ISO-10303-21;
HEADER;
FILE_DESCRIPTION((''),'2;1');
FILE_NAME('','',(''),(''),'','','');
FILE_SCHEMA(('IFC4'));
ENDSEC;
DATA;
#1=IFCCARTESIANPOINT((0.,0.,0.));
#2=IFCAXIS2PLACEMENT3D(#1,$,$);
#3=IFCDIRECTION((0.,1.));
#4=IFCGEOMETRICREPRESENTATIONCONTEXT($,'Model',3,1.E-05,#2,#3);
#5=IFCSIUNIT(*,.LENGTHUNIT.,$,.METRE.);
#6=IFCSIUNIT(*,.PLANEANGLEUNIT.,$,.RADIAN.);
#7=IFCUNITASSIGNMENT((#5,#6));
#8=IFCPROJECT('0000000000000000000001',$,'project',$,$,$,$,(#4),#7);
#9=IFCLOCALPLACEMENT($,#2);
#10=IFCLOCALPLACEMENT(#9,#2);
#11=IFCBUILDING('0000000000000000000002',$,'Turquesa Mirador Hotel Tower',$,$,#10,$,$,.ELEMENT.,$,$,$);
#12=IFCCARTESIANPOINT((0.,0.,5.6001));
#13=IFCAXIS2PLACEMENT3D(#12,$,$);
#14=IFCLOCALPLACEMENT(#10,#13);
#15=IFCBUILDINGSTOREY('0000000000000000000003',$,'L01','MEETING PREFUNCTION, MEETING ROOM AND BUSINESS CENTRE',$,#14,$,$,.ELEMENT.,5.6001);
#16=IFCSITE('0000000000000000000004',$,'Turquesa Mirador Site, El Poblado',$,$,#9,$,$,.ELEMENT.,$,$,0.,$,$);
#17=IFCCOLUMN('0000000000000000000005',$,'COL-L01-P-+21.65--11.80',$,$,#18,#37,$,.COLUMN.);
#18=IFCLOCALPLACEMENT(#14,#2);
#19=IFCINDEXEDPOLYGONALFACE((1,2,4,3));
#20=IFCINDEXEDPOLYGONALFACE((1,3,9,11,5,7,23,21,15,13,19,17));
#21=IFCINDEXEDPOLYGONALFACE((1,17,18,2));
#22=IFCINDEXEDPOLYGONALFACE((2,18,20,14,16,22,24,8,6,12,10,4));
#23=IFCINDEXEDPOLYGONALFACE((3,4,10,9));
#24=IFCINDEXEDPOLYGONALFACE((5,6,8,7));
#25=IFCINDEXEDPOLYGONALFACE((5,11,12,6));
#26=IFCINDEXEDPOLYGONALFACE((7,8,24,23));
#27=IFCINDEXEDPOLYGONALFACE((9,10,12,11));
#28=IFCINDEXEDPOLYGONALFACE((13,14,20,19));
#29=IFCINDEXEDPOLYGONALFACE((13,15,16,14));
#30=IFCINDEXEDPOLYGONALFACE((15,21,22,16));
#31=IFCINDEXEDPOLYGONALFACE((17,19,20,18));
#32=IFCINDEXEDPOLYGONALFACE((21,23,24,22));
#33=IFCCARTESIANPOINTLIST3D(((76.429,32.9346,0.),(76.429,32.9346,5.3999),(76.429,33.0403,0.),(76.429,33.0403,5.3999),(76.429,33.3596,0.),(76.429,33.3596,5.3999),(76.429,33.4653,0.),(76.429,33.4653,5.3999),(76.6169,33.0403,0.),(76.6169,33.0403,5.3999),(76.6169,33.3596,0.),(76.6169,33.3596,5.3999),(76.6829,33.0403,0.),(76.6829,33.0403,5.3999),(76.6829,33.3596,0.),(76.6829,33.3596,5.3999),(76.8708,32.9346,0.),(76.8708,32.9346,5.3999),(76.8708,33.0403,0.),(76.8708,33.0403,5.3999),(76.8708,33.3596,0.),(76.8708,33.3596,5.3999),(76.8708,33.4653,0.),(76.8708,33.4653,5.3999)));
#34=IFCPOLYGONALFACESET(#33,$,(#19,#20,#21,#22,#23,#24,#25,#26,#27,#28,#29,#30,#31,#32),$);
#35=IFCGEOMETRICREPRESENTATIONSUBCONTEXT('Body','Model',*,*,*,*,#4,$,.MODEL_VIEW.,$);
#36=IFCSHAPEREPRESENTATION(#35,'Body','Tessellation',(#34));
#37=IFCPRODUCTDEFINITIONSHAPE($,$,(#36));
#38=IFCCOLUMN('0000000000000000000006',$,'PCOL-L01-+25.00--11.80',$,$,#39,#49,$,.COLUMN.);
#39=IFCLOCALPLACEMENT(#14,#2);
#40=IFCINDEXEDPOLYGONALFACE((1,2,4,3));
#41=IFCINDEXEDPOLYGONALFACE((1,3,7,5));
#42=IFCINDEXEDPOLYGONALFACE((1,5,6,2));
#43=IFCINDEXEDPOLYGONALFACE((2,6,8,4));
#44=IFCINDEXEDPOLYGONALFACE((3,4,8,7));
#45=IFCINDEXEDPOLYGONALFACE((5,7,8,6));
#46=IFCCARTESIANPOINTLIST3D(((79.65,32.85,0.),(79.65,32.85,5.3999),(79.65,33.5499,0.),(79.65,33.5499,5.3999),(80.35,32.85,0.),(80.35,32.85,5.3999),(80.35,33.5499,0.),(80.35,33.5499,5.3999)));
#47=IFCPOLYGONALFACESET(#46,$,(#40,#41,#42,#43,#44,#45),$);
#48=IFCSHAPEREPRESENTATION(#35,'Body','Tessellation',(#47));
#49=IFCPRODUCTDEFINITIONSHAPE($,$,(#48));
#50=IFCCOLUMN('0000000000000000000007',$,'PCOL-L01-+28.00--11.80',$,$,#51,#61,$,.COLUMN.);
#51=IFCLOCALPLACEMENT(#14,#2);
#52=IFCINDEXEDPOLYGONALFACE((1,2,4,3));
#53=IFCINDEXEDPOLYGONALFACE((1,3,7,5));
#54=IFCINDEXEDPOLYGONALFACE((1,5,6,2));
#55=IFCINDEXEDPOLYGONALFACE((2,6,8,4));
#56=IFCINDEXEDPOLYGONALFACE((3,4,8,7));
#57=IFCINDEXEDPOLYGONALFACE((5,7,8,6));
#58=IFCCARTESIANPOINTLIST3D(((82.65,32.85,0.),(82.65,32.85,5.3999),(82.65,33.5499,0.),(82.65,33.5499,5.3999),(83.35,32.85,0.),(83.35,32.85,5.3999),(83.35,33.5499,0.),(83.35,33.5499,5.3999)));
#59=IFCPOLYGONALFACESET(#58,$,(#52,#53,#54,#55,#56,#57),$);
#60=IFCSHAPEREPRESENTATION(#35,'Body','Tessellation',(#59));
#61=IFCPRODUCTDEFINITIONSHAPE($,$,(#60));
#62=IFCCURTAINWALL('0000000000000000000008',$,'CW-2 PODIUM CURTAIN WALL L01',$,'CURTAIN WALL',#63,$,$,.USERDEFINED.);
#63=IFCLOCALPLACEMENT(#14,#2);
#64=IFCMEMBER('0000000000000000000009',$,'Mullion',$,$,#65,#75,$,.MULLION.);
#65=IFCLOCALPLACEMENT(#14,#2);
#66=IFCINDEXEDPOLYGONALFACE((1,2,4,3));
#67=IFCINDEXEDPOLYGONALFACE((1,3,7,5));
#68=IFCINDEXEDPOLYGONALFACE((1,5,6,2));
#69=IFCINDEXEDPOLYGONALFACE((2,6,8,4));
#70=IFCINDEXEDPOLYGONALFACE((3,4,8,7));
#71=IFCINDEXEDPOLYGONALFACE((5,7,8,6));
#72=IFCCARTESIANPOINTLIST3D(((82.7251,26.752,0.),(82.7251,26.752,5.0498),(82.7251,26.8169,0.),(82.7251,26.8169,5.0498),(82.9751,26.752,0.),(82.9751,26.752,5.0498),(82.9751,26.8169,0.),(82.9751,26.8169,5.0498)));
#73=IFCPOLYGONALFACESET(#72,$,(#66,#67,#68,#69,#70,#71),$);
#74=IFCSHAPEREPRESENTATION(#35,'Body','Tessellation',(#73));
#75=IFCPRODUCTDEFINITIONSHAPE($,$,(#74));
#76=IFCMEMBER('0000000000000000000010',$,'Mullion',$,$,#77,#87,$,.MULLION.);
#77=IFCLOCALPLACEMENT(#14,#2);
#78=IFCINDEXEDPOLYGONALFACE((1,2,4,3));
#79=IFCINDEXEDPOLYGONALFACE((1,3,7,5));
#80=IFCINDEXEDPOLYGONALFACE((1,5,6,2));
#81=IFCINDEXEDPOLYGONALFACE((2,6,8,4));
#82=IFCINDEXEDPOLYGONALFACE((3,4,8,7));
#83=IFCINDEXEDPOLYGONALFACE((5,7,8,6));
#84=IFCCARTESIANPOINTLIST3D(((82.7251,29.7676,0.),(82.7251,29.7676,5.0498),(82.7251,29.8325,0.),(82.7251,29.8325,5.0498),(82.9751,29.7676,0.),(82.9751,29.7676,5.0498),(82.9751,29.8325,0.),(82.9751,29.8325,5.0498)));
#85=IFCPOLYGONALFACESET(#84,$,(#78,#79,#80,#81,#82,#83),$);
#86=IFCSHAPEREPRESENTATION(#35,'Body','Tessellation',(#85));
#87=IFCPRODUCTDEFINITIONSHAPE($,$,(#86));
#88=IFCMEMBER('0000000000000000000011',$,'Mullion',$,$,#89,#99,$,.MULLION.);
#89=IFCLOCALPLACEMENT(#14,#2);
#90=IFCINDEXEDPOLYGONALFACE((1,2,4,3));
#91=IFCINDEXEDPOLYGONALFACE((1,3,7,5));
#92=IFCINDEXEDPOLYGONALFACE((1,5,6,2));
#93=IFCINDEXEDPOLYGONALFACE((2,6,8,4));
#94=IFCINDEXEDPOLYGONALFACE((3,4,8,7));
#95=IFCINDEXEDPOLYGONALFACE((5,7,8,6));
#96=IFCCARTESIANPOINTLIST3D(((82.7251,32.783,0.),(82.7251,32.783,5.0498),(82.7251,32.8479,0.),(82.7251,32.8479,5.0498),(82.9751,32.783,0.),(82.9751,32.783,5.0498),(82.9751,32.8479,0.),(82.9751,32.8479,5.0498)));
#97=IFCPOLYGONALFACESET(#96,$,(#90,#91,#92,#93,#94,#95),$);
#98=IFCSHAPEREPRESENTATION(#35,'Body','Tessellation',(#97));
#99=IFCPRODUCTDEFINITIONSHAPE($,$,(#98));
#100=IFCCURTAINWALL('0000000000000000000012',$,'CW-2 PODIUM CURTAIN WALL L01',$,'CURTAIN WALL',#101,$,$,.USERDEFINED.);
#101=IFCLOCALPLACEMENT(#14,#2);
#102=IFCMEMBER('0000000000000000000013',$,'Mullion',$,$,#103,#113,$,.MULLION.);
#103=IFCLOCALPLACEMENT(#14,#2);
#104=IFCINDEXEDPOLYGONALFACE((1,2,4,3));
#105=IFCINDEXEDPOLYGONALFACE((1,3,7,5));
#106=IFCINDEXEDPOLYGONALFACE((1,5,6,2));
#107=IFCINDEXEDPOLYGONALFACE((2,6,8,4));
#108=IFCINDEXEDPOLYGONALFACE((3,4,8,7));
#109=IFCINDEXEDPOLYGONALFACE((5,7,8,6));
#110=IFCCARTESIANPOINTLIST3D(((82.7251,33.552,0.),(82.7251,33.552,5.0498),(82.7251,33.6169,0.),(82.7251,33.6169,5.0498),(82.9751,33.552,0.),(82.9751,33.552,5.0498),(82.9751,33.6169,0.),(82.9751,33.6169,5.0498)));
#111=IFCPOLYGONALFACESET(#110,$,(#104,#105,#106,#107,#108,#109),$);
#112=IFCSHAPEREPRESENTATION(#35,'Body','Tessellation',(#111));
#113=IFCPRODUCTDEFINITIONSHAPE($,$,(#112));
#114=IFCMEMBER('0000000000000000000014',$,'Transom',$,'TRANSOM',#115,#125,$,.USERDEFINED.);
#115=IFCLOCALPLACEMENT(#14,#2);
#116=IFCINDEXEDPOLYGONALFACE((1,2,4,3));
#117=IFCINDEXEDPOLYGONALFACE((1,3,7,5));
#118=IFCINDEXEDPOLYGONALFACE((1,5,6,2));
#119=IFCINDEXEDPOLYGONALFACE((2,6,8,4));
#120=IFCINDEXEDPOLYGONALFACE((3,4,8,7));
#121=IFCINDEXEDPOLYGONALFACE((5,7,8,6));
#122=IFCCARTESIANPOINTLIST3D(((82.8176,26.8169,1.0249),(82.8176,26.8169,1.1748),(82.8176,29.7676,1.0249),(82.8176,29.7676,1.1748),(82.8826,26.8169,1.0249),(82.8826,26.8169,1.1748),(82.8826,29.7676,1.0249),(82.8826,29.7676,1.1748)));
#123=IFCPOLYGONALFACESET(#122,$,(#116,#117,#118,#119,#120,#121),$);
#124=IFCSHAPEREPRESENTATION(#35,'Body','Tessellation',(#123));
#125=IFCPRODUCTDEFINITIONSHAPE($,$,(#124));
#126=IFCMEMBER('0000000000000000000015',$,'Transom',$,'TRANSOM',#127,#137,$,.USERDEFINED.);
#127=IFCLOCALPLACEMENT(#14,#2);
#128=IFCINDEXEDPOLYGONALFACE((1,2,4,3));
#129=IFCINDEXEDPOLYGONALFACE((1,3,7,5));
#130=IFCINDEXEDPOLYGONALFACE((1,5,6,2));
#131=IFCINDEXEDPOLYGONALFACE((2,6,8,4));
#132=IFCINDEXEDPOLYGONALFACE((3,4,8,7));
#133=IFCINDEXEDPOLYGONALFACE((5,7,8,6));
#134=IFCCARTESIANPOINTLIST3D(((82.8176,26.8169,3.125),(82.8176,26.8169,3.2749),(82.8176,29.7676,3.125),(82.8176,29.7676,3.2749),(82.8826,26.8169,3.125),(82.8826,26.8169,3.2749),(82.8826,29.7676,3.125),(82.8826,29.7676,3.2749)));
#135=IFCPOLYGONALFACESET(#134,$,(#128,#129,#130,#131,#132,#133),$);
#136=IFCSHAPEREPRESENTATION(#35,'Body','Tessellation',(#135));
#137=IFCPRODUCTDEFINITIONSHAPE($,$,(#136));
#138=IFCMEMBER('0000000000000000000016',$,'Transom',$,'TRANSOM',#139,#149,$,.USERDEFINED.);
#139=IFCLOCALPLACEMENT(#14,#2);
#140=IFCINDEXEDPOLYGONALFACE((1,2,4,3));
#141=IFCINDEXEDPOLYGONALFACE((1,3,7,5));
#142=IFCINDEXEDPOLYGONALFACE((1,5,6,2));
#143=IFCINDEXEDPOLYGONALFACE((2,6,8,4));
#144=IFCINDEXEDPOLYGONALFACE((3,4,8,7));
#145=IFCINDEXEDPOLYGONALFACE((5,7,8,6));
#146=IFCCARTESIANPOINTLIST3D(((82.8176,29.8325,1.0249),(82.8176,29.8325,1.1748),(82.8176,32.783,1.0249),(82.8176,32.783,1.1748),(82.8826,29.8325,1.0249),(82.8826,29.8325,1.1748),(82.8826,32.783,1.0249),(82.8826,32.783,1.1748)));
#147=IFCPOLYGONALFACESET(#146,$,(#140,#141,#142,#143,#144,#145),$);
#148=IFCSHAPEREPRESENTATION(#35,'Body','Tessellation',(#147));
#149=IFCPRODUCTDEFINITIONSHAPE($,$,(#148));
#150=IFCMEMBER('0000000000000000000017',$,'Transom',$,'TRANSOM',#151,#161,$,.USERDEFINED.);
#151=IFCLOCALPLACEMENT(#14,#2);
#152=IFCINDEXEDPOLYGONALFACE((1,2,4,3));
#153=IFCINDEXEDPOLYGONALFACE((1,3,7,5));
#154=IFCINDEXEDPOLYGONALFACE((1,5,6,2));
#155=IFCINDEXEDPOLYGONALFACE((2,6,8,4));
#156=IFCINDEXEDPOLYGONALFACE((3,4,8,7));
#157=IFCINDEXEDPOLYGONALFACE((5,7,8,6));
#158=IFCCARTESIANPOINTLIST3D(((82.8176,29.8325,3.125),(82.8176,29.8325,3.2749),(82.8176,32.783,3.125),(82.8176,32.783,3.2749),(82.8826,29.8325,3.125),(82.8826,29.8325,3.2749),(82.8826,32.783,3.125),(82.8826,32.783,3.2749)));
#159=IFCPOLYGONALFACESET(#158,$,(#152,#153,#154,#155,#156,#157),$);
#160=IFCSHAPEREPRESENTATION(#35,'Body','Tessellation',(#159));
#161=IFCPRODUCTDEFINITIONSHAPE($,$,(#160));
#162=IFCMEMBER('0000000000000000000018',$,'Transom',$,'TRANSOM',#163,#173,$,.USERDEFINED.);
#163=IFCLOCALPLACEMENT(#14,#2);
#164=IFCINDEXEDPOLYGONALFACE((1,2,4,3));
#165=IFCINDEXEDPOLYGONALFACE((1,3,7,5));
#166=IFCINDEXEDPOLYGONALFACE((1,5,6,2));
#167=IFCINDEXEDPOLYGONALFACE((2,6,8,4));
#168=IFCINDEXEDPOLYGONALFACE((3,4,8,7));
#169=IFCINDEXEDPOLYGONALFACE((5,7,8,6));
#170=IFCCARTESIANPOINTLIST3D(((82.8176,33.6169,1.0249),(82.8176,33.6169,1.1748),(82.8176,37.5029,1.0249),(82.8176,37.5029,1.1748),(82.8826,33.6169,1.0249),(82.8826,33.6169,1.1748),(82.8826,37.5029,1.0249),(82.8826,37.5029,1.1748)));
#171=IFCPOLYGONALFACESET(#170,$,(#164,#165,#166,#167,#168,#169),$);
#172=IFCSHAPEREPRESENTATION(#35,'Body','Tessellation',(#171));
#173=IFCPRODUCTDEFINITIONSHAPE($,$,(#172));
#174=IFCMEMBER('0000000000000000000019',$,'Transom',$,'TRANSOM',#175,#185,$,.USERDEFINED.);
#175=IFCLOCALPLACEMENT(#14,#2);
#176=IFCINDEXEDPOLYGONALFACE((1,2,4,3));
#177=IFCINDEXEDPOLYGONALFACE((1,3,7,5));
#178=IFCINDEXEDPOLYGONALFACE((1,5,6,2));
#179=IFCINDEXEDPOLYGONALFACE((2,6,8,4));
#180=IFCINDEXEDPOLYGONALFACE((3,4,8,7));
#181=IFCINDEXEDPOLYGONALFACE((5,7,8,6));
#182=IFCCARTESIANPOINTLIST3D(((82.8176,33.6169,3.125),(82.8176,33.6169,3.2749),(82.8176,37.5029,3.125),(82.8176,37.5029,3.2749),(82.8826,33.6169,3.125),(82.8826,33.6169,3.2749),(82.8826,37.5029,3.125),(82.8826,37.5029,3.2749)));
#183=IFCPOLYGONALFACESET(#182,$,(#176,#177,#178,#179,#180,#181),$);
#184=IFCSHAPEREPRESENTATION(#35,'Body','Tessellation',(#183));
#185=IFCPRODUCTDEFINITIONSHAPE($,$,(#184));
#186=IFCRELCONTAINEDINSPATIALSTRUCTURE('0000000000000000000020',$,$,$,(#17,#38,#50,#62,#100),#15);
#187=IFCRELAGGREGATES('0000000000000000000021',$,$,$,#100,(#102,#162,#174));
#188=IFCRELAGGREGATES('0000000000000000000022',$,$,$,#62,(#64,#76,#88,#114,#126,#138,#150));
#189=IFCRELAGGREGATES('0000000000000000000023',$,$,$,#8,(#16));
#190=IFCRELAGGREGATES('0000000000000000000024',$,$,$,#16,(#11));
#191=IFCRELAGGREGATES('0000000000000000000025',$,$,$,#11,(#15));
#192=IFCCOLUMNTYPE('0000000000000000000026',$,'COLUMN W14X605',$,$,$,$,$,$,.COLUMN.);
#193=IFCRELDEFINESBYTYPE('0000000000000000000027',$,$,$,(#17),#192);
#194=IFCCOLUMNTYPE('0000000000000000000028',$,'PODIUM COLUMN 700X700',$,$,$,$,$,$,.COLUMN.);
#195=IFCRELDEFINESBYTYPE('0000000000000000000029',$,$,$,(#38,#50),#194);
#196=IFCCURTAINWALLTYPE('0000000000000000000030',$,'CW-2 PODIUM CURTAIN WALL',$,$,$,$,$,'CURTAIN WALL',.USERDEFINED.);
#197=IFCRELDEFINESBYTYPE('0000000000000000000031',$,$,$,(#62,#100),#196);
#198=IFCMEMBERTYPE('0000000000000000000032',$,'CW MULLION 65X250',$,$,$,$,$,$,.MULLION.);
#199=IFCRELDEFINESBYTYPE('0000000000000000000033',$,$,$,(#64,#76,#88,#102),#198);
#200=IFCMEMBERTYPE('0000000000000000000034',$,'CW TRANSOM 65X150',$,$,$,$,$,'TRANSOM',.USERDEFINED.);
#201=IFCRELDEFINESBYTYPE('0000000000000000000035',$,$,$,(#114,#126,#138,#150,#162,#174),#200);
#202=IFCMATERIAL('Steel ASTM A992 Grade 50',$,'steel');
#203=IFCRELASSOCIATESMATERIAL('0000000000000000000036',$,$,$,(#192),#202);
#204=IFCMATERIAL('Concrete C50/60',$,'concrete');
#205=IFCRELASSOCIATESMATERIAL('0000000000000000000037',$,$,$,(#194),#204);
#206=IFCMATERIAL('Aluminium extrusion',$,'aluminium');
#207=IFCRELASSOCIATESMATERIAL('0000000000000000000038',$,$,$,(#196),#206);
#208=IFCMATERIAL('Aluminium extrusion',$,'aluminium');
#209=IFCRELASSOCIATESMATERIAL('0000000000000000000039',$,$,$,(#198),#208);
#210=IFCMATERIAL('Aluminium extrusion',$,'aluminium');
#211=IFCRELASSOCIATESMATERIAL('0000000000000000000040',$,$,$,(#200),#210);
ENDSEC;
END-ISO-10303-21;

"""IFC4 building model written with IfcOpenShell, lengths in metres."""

from ifc_helpers import new_model, si_unit, direction, frame, origin, origin_2d, place, context, subcontext, project, spatial, rectangle, i_section, extrude, material, material_profile, profile_set, type_object, element, aggregate, save


model = new_model("IFC4")

# Units and contexts
model_context = context("Model", 3, precision=1e-05, world=origin(), true_north=direction((0.0, 1.0)))
body_context = subcontext(model_context, "Body", "Model", "MODEL_VIEW")
ifc_project = project(units=[si_unit("LENGTHUNIT", "METRE"), si_unit("PLANEANGLEUNIT", "RADIAN")], contexts=[model_context])

# Site, building, storey
site_placement = place(None, origin())
site = spatial("IfcSite", under=ifc_project, at=site_placement, Name="Turquesa Mirador Site, El Poblado", CompositionType="ELEMENT", RefElevation=0.0)
building_placement = place(site_placement, origin())
building = spatial("IfcBuilding", under=site, at=building_placement, Name="Turquesa Mirador Hotel Tower", CompositionType="ELEMENT")
storey_placement = place(building_placement, frame((0.0, 0.0, 5.6001)))
storey = spatial("IfcBuildingStorey", under=building, at=storey_placement, Name="L01", Description="MEETING PREFUNCTION, MEETING ROOM AND BUSINESS CENTRE", CompositionType="ELEMENT", Elevation=5.6001)

# Columns
ifc_material_1 = material(Name="Steel ASTM A992 Grade 50", Category="steel")
ifc_material_profile_1 = material_profile(ifc_material_1, i_section(OverallWidth=0.4419, OverallDepth=0.5308, WebThickness=0.0659, FlangeThickness=0.1057, at=origin_2d()), Name="W14X605")
ifc_profile_set_1 = profile_set([ifc_material_profile_1], Name="Steel ASTM A992 Grade 50")
column_type_1 = type_object("IfcColumnType", Name="COLUMN W14X605", PredefinedType="COLUMN", material=ifc_profile_set_1)
column_placement = place(storey_placement, frame((76.6499, 33.2, 0.0), z_axis=(0.0, 0.0, 1.0), x_axis=(1.0, 0.0, 0.0)))
element("IfcColumn", 1, at=column_placement, inside=storey, type_object=column_type_1, Name="COL-L01-P-+21.65--11.80", PredefinedType="COLUMN", context=body_context, shape_type="SweptSolid", body=[
    extrude(i_section(OverallWidth=0.4419, OverallDepth=0.5308, WebThickness=0.0659, FlangeThickness=0.1057, at=origin_2d()), origin(), (0.0, 0.0, 1.0), 5.3999),
])
ifc_material_2 = material(Name="Concrete C50/60", Category="concrete")
ifc_material_profile_2 = material_profile(ifc_material_2, rectangle(XDim=0.7, YDim=0.7, at=origin_2d()), Name="RC 700X700")
ifc_profile_set_2 = profile_set([ifc_material_profile_2], Name="Concrete C50/60")
column_type_2 = type_object("IfcColumnType", Name="PODIUM COLUMN 700X700", PredefinedType="COLUMN", material=ifc_profile_set_2)
for number, where, z_axis, x_axis, name in (
    (2, (80.0, 33.2, 0.0), (0.0, 0.0, 1.0), (1.0, 0.0, 0.0), "PCOL-L01-+25.00--11.80"),
    (3, (83.0, 33.2, 0.0), (0.0, 0.0, 1.0), (1.0, 0.0, 0.0), "PCOL-L01-+28.00--11.80"),
):
    element("IfcColumn", number, at=place(storey_placement, frame(where, z_axis=z_axis, x_axis=x_axis)), inside=storey, type_object=column_type_2, Name=name, PredefinedType="COLUMN", context=body_context, shape_type="SweptSolid", body=[
        extrude(rectangle(XDim=0.7, YDim=0.7, at=origin_2d()), origin(), (0.0, 0.0, 1.0), 5.3999),
    ])

# Curtain wall, members
ifc_material_3 = material(Name="Aluminium extrusion", Category="aluminium")
curtain_wall_type = type_object("IfcCurtainWallType", Name="CW-2 PODIUM CURTAIN WALL", ElementType="CURTAIN WALL", PredefinedType="USERDEFINED", material=ifc_material_3)
curtain_wall_1_placement = place(storey_placement, origin())
curtain_wall_1 = element("IfcCurtainWall", 4, at=curtain_wall_1_placement, inside=storey, type_object=curtain_wall_type, Name="CW-2 PODIUM CURTAIN WALL L01", ObjectType="CURTAIN WALL", PredefinedType="USERDEFINED")
ifc_material_4 = material(Name="Aluminium extrusion", Category="aluminium")
ifc_material_profile_3 = material_profile(ifc_material_4, rectangle(XDim=0.0649, YDim=0.25, at=origin_2d()), Name="MULLION 65X250")
ifc_profile_set_3 = profile_set([ifc_material_profile_3], Name="Aluminium extrusion")
member_type_1 = type_object("IfcMemberType", Name="CW MULLION 65X250", PredefinedType="MULLION", material=ifc_profile_set_3)
member_1_placement = place(storey_placement, frame((82.8501, 26.7844, 0.0), z_axis=(0.0, 0.0, 1.0), x_axis=(0.0, 1.0, 0.0)))
member_1 = element("IfcMember", 5, at=member_1_placement, type_object=member_type_1, Name="Mullion", PredefinedType="MULLION", context=body_context, shape_type="SweptSolid", body=[
    extrude(rectangle(XDim=0.0649, YDim=0.25, at=origin_2d()), origin(), (0.0, 0.0, 1.0), 5.0498),
])
member_2_placement = place(storey_placement, frame((82.8501, 29.8, 0.0), z_axis=(0.0, 0.0, 1.0), x_axis=(0.0, 1.0, 0.0)))
member_2 = element("IfcMember", 6, at=member_2_placement, type_object=member_type_1, Name="Mullion", PredefinedType="MULLION", context=body_context, shape_type="SweptSolid", body=[
    extrude(rectangle(XDim=0.0649, YDim=0.25, at=origin_2d()), origin(), (0.0, 0.0, 1.0), 5.0498),
])
member_3_placement = place(storey_placement, frame((82.8501, 32.8154, 0.0), z_axis=(0.0, 0.0, 1.0), x_axis=(0.0, 1.0, 0.0)))
member_3 = element("IfcMember", 7, at=member_3_placement, type_object=member_type_1, Name="Mullion", PredefinedType="MULLION", context=body_context, shape_type="SweptSolid", body=[
    extrude(rectangle(XDim=0.0649, YDim=0.25, at=origin_2d()), origin(), (0.0, 0.0, 1.0), 5.0498),
])

# Curtain wall, member
curtain_wall_2_placement = place(storey_placement, origin())
curtain_wall_2 = element("IfcCurtainWall", 8, at=curtain_wall_2_placement, inside=storey, type_object=curtain_wall_type, Name="CW-2 PODIUM CURTAIN WALL L01", ObjectType="CURTAIN WALL", PredefinedType="USERDEFINED")
member_4_placement = place(storey_placement, frame((82.8501, 33.5845, 0.0), z_axis=(0.0, 0.0, 1.0), x_axis=(0.0, 1.0, 0.0)))
member_4 = element("IfcMember", 9, at=member_4_placement, type_object=member_type_1, Name="Mullion", PredefinedType="MULLION", context=body_context, shape_type="SweptSolid", body=[
    extrude(rectangle(XDim=0.0649, YDim=0.25, at=origin_2d()), origin(), (0.0, 0.0, 1.0), 5.0498),
])

# Members
ifc_material_5 = material(Name="Aluminium extrusion", Category="aluminium")
ifc_material_profile_4 = material_profile(ifc_material_5, rectangle(XDim=0.0649, YDim=0.1499, at=origin_2d()), Name="TRANSOM 65X150")
ifc_profile_set_4 = profile_set([ifc_material_profile_4], Name="Aluminium extrusion")
member_type_2 = type_object("IfcMemberType", Name="CW TRANSOM 65X150", ElementType="TRANSOM", PredefinedType="USERDEFINED", material=ifc_profile_set_4)
member_5_placement = place(storey_placement, frame((82.8501, 26.8169, 1.0999), z_axis=(0.0, 1.0, 0.0), x_axis=(-1.0, 0.0, 0.0)))
member_5 = element("IfcMember", 10, at=member_5_placement, type_object=member_type_2, Name="Transom", ObjectType="TRANSOM", PredefinedType="USERDEFINED", context=body_context, shape_type="SweptSolid", body=[
    extrude(rectangle(XDim=0.0649, YDim=0.1499, at=origin_2d()), origin(), (0.0, 0.0, 1.0), 2.9507),
])
member_6_placement = place(storey_placement, frame((82.8501, 26.8169, 3.2), z_axis=(0.0, 1.0, 0.0), x_axis=(-1.0, 0.0, 0.0)))
member_6 = element("IfcMember", 11, at=member_6_placement, type_object=member_type_2, Name="Transom", ObjectType="TRANSOM", PredefinedType="USERDEFINED", context=body_context, shape_type="SweptSolid", body=[
    extrude(rectangle(XDim=0.0649, YDim=0.1499, at=origin_2d()), origin(), (0.0, 0.0, 1.0), 2.9507),
])
member_7_placement = place(storey_placement, frame((82.8501, 29.8325, 1.0999), z_axis=(0.0, 1.0, 0.0), x_axis=(-1.0, 0.0, 0.0)))
member_7 = element("IfcMember", 12, at=member_7_placement, type_object=member_type_2, Name="Transom", ObjectType="TRANSOM", PredefinedType="USERDEFINED", context=body_context, shape_type="SweptSolid", body=[
    extrude(rectangle(XDim=0.0649, YDim=0.1499, at=origin_2d()), origin(), (0.0, 0.0, 1.0), 2.9504),
])
member_8_placement = place(storey_placement, frame((82.8501, 29.8325, 3.2), z_axis=(0.0, 1.0, 0.0), x_axis=(-1.0, 0.0, 0.0)))
member_8 = element("IfcMember", 13, at=member_8_placement, type_object=member_type_2, Name="Transom", ObjectType="TRANSOM", PredefinedType="USERDEFINED", context=body_context, shape_type="SweptSolid", body=[
    extrude(rectangle(XDim=0.0649, YDim=0.1499, at=origin_2d()), origin(), (0.0, 0.0, 1.0), 2.9504),
])
member_9_placement = place(storey_placement, frame((82.8501, 33.6169, 1.0999), z_axis=(0.0, 1.0, 0.0), x_axis=(-1.0, 0.0, 0.0)))
member_9 = element("IfcMember", 14, at=member_9_placement, type_object=member_type_2, Name="Transom", ObjectType="TRANSOM", PredefinedType="USERDEFINED", context=body_context, shape_type="SweptSolid", body=[
    extrude(rectangle(XDim=0.0649, YDim=0.1499, at=origin_2d()), origin(), (0.0, 0.0, 1.0), 3.886),
])
member_10_placement = place(storey_placement, frame((82.8501, 33.6169, 3.2), z_axis=(0.0, 1.0, 0.0), x_axis=(-1.0, 0.0, 0.0)))
member_10 = element("IfcMember", 15, at=member_10_placement, type_object=member_type_2, Name="Transom", ObjectType="TRANSOM", PredefinedType="USERDEFINED", context=body_context, shape_type="SweptSolid", body=[
    extrude(rectangle(XDim=0.0649, YDim=0.1499, at=origin_2d()), origin(), (0.0, 0.0, 1.0), 3.886),
])

aggregate(curtain_wall_2, [member_4, member_9, member_10])
aggregate(curtain_wall_1, [member_1, member_2, member_3, member_5, member_6, member_7, member_8])

save(model, "model.ifc")
